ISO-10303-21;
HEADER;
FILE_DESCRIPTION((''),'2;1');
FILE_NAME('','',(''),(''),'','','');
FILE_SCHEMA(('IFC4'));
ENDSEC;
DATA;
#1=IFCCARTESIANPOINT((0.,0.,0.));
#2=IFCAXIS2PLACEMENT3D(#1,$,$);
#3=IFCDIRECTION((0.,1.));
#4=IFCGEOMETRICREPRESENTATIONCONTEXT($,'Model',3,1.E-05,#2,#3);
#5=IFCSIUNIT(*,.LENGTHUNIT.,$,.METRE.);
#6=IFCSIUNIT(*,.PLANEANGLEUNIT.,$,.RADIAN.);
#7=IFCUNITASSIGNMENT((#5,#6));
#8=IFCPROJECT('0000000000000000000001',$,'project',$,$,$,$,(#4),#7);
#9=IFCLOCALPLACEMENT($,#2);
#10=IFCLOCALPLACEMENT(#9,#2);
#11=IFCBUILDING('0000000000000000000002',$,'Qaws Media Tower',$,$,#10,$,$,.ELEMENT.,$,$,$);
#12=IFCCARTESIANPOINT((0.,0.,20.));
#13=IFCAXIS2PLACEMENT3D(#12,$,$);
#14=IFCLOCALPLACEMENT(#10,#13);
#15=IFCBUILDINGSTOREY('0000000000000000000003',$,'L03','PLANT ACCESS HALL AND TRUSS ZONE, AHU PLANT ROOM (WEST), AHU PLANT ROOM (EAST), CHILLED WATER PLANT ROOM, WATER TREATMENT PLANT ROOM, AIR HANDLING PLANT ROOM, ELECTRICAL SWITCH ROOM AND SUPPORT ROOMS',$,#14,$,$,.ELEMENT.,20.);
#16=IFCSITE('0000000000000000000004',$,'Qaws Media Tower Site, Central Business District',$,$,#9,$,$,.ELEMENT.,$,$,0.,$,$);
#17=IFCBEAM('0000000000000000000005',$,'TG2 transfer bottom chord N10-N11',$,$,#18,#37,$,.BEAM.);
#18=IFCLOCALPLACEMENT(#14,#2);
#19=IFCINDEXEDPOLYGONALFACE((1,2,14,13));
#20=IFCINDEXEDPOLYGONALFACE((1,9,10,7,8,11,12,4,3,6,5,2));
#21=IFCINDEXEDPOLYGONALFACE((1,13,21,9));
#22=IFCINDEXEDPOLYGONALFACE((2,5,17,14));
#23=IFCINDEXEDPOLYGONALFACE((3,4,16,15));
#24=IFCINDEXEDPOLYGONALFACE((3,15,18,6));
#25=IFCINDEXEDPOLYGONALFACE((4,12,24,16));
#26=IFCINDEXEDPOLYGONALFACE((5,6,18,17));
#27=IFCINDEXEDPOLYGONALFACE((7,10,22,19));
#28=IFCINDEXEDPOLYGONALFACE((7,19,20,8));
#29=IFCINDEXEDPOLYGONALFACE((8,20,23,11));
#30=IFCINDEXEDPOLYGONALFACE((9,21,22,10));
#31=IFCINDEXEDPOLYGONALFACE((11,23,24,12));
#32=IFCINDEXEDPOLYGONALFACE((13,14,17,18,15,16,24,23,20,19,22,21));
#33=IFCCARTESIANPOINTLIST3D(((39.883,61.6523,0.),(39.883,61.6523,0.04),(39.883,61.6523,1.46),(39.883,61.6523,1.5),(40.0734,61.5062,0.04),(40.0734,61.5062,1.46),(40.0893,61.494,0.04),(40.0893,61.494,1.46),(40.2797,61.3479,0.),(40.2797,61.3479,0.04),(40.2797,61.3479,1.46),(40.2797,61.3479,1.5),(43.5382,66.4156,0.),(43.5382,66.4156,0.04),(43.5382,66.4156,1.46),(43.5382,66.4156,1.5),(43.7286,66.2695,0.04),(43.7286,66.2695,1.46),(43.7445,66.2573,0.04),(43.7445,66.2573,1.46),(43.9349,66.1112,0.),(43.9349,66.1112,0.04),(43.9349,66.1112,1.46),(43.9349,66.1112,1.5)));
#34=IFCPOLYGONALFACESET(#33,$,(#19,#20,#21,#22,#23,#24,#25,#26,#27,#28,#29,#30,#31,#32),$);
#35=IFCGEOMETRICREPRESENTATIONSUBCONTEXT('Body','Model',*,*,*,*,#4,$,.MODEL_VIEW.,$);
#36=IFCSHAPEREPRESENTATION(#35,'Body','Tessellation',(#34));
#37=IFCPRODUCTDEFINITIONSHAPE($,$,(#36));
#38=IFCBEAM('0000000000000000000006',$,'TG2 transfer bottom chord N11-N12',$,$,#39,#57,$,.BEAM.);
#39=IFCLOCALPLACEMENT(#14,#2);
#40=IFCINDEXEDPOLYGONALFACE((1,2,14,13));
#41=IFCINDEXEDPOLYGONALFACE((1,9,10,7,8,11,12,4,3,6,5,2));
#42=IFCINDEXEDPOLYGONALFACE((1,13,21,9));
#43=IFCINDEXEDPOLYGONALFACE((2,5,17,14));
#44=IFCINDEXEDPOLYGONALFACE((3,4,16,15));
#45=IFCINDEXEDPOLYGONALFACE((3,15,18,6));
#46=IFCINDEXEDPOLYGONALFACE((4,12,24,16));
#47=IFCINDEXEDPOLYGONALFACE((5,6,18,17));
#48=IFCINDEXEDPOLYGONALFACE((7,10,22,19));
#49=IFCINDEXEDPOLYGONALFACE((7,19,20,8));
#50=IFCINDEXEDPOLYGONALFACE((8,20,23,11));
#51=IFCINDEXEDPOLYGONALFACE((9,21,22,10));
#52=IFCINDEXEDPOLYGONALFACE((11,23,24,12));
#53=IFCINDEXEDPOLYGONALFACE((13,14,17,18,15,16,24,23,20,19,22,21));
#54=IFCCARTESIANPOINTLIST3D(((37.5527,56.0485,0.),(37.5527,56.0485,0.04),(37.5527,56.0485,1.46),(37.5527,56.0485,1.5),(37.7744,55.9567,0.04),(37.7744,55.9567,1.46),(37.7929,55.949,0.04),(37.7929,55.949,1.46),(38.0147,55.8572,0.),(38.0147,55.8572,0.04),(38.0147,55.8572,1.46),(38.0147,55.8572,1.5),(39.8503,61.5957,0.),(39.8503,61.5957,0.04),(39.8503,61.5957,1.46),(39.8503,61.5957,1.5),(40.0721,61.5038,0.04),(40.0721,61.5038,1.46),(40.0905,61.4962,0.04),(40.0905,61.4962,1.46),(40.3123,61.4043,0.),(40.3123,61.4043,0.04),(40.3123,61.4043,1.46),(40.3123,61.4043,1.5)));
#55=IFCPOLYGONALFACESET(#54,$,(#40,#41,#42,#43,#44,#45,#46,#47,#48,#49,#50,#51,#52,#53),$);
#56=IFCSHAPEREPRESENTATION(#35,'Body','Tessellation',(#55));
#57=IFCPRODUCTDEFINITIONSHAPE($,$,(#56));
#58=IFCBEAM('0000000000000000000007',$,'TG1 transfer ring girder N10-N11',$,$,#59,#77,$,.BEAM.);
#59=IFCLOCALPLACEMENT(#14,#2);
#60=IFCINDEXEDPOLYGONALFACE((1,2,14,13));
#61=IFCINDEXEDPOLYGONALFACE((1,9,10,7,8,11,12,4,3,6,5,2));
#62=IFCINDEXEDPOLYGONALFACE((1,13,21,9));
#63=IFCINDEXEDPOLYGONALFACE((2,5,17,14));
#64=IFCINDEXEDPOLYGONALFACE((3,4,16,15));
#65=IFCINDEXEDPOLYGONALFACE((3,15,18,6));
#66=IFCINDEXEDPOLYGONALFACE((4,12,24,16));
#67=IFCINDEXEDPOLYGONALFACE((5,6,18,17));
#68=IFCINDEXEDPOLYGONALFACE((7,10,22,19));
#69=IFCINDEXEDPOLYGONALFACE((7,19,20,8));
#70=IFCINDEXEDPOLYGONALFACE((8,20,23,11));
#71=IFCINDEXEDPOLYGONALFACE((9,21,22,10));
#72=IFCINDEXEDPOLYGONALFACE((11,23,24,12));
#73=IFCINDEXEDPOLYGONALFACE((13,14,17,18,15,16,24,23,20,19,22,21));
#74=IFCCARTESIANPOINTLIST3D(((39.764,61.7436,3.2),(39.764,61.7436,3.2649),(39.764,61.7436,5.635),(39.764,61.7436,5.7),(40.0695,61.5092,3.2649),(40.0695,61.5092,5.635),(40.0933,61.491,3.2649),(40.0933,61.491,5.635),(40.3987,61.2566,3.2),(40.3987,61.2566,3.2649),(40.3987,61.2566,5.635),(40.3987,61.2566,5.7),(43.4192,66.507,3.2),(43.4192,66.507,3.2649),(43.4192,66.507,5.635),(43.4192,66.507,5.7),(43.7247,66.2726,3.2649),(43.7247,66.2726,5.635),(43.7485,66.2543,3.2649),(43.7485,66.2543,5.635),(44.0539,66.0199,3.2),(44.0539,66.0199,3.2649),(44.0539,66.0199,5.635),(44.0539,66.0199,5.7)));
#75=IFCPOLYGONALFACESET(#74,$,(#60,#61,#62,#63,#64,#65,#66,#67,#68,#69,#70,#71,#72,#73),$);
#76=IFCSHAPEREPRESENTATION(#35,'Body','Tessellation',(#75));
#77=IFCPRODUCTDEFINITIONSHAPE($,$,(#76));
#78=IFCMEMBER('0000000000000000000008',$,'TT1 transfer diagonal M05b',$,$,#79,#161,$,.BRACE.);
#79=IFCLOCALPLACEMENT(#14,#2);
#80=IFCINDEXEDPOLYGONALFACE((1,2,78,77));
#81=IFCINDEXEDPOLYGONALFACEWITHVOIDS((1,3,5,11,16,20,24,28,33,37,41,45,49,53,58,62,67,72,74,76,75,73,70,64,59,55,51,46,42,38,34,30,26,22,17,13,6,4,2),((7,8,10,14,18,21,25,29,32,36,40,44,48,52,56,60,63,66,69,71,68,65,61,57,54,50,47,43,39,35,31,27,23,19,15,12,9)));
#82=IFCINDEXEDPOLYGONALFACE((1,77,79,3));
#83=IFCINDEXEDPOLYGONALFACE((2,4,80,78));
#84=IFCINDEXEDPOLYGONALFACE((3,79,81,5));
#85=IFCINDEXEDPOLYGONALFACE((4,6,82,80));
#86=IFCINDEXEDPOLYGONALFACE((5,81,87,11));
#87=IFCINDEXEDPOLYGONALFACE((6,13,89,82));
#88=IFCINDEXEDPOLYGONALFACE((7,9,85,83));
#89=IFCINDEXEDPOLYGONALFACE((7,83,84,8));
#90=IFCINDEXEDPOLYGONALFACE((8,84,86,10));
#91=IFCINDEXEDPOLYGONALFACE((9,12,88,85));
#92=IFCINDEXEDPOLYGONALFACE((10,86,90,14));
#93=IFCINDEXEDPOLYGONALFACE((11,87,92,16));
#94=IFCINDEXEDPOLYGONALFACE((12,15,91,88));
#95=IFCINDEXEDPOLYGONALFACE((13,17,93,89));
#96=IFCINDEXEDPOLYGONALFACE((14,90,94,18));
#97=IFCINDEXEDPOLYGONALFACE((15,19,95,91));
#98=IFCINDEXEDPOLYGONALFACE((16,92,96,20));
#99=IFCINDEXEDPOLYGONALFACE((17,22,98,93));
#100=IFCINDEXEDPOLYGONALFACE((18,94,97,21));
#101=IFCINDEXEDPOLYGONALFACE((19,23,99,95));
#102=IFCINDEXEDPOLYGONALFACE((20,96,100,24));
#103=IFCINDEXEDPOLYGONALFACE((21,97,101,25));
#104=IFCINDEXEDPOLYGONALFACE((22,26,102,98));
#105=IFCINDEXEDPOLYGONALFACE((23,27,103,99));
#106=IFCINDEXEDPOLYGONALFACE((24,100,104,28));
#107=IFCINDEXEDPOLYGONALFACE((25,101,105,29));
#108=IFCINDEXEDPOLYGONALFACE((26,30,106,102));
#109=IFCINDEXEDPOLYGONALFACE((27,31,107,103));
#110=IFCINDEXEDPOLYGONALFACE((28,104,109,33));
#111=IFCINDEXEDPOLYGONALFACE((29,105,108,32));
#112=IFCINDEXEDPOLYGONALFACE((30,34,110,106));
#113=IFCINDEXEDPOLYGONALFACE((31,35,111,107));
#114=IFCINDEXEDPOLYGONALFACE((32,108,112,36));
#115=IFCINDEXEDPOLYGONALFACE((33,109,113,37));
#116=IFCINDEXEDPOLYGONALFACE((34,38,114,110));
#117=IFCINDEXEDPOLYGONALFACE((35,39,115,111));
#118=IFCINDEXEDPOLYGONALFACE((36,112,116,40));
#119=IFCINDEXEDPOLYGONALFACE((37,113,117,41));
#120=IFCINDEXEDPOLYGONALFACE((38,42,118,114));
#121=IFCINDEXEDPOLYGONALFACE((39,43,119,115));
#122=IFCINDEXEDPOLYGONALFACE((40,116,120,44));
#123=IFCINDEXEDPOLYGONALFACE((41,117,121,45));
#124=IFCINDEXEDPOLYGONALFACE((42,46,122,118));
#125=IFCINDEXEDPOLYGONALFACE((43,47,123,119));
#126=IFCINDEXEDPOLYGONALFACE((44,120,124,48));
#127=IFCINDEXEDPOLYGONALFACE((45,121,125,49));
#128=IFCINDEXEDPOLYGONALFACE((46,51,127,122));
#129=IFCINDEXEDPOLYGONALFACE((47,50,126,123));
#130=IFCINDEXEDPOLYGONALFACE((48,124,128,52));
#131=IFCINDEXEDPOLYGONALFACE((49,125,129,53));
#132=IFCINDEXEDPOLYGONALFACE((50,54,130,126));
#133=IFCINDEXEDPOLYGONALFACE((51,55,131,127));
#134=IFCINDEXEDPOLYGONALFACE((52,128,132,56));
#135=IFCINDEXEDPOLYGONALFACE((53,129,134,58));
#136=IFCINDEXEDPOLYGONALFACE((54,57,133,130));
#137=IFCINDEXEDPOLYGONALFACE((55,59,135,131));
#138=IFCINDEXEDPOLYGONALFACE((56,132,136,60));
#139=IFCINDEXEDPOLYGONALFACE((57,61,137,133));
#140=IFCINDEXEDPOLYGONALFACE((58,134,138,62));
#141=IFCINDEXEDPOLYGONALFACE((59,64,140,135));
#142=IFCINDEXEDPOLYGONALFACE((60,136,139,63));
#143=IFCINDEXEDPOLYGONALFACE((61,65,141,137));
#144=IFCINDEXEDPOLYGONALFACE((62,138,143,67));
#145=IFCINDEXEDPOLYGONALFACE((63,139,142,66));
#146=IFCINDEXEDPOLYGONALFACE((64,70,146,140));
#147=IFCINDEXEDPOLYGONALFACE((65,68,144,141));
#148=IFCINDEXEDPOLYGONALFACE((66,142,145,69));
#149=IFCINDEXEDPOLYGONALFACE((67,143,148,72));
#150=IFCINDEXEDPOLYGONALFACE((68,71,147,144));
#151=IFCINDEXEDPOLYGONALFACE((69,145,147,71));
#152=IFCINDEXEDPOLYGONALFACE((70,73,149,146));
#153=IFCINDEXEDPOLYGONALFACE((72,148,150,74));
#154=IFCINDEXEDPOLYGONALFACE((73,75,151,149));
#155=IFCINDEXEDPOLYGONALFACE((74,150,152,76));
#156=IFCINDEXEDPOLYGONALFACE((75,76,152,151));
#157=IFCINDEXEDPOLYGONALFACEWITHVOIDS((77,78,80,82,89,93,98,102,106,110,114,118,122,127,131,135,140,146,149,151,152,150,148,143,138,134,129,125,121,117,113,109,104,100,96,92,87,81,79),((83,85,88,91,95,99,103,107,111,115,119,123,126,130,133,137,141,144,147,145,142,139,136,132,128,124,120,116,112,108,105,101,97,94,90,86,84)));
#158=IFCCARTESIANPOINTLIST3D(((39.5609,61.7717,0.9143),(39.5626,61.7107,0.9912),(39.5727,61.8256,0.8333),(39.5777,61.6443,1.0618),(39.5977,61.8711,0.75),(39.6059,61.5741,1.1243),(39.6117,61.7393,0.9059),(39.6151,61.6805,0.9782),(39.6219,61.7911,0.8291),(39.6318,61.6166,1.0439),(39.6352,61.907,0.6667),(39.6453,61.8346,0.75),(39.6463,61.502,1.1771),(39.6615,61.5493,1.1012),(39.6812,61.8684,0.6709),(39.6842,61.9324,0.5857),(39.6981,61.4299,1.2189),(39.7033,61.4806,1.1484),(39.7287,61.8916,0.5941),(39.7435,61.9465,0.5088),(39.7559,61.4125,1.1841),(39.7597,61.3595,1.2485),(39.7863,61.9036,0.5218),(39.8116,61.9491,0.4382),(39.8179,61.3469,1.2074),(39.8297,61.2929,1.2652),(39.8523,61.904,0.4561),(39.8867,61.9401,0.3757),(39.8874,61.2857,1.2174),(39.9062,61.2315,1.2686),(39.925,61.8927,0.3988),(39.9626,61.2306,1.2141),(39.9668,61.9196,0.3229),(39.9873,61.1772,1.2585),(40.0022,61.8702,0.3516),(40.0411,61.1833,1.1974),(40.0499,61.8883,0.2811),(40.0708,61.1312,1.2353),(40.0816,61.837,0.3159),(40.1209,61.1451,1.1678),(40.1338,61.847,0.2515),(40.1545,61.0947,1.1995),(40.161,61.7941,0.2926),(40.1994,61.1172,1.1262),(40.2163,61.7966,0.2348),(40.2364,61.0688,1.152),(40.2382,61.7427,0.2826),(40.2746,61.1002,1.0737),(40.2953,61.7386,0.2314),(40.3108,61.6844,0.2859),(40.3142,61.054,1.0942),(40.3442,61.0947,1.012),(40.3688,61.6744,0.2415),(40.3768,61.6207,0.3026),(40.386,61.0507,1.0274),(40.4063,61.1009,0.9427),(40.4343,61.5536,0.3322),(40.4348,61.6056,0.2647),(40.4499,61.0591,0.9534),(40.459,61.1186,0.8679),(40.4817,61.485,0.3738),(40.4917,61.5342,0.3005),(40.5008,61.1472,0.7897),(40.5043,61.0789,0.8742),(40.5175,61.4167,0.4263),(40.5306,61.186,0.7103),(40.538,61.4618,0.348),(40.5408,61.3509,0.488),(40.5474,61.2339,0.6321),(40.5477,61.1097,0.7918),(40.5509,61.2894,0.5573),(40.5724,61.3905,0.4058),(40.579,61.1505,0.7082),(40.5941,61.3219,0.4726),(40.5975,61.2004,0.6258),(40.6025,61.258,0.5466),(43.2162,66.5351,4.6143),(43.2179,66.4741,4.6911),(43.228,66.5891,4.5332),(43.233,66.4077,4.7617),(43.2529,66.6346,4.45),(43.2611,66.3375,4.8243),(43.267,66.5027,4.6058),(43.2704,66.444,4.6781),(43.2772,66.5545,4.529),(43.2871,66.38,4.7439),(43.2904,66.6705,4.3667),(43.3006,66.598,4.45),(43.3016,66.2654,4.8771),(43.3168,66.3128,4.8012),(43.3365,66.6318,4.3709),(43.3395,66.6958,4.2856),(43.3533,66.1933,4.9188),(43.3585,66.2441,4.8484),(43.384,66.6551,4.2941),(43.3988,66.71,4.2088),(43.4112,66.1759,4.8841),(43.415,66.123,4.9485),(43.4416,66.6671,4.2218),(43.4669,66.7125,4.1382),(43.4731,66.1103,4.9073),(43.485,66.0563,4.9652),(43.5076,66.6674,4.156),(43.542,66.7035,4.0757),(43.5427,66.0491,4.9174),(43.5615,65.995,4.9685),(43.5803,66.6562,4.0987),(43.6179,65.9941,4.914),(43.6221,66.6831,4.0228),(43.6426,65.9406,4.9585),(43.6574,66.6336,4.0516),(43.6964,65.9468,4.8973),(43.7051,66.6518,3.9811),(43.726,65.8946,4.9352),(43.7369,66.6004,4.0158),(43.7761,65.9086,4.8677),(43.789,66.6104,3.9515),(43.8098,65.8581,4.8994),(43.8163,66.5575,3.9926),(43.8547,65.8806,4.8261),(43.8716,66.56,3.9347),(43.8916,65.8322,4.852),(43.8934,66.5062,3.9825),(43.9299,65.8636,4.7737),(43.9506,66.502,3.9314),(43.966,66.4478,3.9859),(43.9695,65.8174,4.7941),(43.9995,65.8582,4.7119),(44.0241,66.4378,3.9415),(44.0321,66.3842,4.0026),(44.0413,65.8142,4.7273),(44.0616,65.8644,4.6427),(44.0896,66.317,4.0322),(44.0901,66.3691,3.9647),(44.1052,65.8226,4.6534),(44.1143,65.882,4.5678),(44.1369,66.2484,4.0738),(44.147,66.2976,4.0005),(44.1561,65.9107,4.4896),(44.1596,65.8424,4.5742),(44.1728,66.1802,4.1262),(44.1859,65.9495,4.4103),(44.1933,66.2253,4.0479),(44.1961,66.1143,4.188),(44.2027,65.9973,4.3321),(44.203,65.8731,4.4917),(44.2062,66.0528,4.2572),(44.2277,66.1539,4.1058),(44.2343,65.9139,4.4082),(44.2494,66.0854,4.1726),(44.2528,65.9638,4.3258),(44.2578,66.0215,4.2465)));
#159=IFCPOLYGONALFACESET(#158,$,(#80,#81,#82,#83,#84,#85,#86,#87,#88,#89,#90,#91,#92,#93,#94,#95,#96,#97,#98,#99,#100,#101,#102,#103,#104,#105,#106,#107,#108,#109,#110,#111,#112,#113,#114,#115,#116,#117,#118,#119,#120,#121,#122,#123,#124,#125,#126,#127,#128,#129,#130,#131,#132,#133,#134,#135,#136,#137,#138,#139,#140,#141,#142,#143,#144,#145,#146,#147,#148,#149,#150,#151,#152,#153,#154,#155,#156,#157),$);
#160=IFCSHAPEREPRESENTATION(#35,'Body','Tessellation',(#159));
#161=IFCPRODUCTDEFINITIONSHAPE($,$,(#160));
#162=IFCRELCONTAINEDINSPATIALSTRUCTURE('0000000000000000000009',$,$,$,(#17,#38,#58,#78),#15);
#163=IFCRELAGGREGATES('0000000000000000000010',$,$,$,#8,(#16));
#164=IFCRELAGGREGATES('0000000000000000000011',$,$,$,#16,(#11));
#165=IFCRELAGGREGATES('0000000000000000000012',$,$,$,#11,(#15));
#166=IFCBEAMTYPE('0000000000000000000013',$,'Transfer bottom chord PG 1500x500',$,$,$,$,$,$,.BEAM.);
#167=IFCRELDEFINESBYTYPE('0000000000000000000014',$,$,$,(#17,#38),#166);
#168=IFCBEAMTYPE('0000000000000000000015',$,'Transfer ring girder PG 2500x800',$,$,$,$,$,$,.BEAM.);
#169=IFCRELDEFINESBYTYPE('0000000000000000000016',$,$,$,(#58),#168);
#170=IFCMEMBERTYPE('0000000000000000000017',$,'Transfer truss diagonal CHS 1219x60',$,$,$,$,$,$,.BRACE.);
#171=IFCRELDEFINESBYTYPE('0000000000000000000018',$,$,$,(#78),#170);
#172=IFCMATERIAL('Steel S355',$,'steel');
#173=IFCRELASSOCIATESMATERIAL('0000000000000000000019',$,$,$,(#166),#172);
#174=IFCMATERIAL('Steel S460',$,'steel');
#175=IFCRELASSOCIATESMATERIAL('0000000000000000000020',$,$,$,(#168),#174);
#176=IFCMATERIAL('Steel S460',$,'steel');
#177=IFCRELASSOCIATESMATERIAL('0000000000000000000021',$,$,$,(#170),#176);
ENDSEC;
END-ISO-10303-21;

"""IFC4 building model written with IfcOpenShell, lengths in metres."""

from ifc_helpers import new_model, si_unit, direction, frame, origin, origin_2d, place, context, subcontext, project, spatial, hollow_circle, i_section, extrude, material, material_profile, profile_set, type_object, element, save


model = new_model("IFC4")

# Units and contexts
model_context = context("Model", 3, precision=1e-05, world=origin(), true_north=direction((0.0, 1.0)))
body_context = subcontext(model_context, "Body", "Model", "MODEL_VIEW")
ifc_project = project(units=[si_unit("LENGTHUNIT", "METRE"), si_unit("PLANEANGLEUNIT", "RADIAN")], contexts=[model_context])

# Site, building, storey
site_placement = place(None, origin())
site = spatial("IfcSite", under=ifc_project, at=site_placement, Name="Qaws Media Tower Site, Central Business District", CompositionType="ELEMENT", RefElevation=0.0)
building_placement = place(site_placement, origin())
building = spatial("IfcBuilding", under=site, at=building_placement, Name="Qaws Media Tower", CompositionType="ELEMENT")
storey_placement = place(building_placement, frame((0.0, 0.0, 20.0)))
storey = spatial("IfcBuildingStorey", under=building, at=storey_placement, Name="L03", Description="PLANT ACCESS HALL AND TRUSS ZONE, AHU PLANT ROOM (WEST), AHU PLANT ROOM (EAST), CHILLED WATER PLANT ROOM, WATER TREATMENT PLANT ROOM, AIR HANDLING PLANT ROOM, ELECTRICAL SWITCH ROOM AND SUPPORT ROOMS", CompositionType="ELEMENT", Elevation=20.0)

# Beams
ifc_material_1 = material(Name="Steel S355", Category="steel")
ifc_material_profile_1 = material_profile(ifc_material_1, i_section(OverallWidth=0.5, OverallDepth=1.5, WebThickness=0.02, FlangeThickness=0.04, at=origin_2d()), Name="PG 1500x500")
ifc_profile_set_1 = profile_set([ifc_material_profile_1], Name="Steel S355")
beam_type_1 = type_object("IfcBeamType", Name="Transfer bottom chord PG 1500x500", PredefinedType="BEAM", material=ifc_profile_set_1)
for number, where, z_axis, x_axis, name in (
    (1, (43.7366, 66.2634, 0.75), (-0.608779, -0.79334, 0.0), (0.79334, -0.608779, 0.0), "TG2 transfer bottom chord N10-N11"),
    (2, (40.0813, 61.5, 0.75), (-0.382671, -0.923885, 0.0), (0.923885, -0.382671, 0.0), "TG2 transfer bottom chord N11-N12"),
):
    element("IfcBeam", number, at=place(storey_placement, frame(where, z_axis=z_axis, x_axis=x_axis)), inside=storey, type_object=beam_type_1, Name=name, PredefinedType="BEAM", context=body_context, shape_type="SweptSolid", body=[
        extrude(i_section(OverallWidth=0.5, OverallDepth=1.5, WebThickness=0.02, FlangeThickness=0.04, at=origin_2d()), origin(), (0.0, 0.0, 1.0), 6.0042),
    ])
ifc_material_2 = material(Name="Steel S460", Category="steel")
ifc_material_profile_2 = material_profile(ifc_material_2, i_section(OverallWidth=0.8, OverallDepth=2.5, WebThickness=0.03, FlangeThickness=0.0649, at=origin_2d()), Name="PG 2500x800")
ifc_profile_set_2 = profile_set([ifc_material_profile_2], Name="Steel S460")
beam_type_2 = type_object("IfcBeamType", Name="Transfer ring girder PG 2500x800", PredefinedType="BEAM", material=ifc_profile_set_2)
beam_1_placement = place(storey_placement, frame((43.7366, 66.2634, 4.45), z_axis=(-0.608779, -0.79334, 0.0), x_axis=(0.79334, -0.608779, 0.0)))
element("IfcBeam", 3, at=beam_1_placement, inside=storey, type_object=beam_type_2, Name="TG1 transfer ring girder N10-N11", PredefinedType="BEAM", context=body_context, shape_type="SweptSolid", body=[
    extrude(i_section(OverallWidth=0.8, OverallDepth=2.5, WebThickness=0.03, FlangeThickness=0.0649, at=origin_2d()), origin(), (0.0, 0.0, 1.0), 6.0042),
])

# Member
ifc_material_3 = material(Name="Steel S460", Category="steel")
ifc_material_profile_3 = material_profile(ifc_material_3, hollow_circle(Radius=0.6096, WallThickness=0.0601, at=origin_2d()), Name="CHS 1219x60")
ifc_profile_set_3 = profile_set([ifc_material_profile_3], Name="Steel S460")
member_type_1 = type_object("IfcMemberType", Name="Transfer truss diagonal CHS 1219x60", PredefinedType="BRACE", material=ifc_profile_set_3)
member_1_placement = place(storey_placement, frame((40.0813, 61.5, 0.75), z_axis=(0.518278, 0.675403, 0.524613), x_axis=(-0.79334, 0.608779, 0.0)))
element("IfcMember", 4, at=member_1_placement, inside=storey, type_object=member_type_1, Name="TT1 transfer diagonal M05b", PredefinedType="BRACE", context=body_context, shape_type="SweptSolid", body=[
    extrude(hollow_circle(Radius=0.6096, WallThickness=0.0601, at=origin_2d()), origin(), (0.0, 0.0, 1.0), 7.0527),
])

save(model, "model.ifc")
